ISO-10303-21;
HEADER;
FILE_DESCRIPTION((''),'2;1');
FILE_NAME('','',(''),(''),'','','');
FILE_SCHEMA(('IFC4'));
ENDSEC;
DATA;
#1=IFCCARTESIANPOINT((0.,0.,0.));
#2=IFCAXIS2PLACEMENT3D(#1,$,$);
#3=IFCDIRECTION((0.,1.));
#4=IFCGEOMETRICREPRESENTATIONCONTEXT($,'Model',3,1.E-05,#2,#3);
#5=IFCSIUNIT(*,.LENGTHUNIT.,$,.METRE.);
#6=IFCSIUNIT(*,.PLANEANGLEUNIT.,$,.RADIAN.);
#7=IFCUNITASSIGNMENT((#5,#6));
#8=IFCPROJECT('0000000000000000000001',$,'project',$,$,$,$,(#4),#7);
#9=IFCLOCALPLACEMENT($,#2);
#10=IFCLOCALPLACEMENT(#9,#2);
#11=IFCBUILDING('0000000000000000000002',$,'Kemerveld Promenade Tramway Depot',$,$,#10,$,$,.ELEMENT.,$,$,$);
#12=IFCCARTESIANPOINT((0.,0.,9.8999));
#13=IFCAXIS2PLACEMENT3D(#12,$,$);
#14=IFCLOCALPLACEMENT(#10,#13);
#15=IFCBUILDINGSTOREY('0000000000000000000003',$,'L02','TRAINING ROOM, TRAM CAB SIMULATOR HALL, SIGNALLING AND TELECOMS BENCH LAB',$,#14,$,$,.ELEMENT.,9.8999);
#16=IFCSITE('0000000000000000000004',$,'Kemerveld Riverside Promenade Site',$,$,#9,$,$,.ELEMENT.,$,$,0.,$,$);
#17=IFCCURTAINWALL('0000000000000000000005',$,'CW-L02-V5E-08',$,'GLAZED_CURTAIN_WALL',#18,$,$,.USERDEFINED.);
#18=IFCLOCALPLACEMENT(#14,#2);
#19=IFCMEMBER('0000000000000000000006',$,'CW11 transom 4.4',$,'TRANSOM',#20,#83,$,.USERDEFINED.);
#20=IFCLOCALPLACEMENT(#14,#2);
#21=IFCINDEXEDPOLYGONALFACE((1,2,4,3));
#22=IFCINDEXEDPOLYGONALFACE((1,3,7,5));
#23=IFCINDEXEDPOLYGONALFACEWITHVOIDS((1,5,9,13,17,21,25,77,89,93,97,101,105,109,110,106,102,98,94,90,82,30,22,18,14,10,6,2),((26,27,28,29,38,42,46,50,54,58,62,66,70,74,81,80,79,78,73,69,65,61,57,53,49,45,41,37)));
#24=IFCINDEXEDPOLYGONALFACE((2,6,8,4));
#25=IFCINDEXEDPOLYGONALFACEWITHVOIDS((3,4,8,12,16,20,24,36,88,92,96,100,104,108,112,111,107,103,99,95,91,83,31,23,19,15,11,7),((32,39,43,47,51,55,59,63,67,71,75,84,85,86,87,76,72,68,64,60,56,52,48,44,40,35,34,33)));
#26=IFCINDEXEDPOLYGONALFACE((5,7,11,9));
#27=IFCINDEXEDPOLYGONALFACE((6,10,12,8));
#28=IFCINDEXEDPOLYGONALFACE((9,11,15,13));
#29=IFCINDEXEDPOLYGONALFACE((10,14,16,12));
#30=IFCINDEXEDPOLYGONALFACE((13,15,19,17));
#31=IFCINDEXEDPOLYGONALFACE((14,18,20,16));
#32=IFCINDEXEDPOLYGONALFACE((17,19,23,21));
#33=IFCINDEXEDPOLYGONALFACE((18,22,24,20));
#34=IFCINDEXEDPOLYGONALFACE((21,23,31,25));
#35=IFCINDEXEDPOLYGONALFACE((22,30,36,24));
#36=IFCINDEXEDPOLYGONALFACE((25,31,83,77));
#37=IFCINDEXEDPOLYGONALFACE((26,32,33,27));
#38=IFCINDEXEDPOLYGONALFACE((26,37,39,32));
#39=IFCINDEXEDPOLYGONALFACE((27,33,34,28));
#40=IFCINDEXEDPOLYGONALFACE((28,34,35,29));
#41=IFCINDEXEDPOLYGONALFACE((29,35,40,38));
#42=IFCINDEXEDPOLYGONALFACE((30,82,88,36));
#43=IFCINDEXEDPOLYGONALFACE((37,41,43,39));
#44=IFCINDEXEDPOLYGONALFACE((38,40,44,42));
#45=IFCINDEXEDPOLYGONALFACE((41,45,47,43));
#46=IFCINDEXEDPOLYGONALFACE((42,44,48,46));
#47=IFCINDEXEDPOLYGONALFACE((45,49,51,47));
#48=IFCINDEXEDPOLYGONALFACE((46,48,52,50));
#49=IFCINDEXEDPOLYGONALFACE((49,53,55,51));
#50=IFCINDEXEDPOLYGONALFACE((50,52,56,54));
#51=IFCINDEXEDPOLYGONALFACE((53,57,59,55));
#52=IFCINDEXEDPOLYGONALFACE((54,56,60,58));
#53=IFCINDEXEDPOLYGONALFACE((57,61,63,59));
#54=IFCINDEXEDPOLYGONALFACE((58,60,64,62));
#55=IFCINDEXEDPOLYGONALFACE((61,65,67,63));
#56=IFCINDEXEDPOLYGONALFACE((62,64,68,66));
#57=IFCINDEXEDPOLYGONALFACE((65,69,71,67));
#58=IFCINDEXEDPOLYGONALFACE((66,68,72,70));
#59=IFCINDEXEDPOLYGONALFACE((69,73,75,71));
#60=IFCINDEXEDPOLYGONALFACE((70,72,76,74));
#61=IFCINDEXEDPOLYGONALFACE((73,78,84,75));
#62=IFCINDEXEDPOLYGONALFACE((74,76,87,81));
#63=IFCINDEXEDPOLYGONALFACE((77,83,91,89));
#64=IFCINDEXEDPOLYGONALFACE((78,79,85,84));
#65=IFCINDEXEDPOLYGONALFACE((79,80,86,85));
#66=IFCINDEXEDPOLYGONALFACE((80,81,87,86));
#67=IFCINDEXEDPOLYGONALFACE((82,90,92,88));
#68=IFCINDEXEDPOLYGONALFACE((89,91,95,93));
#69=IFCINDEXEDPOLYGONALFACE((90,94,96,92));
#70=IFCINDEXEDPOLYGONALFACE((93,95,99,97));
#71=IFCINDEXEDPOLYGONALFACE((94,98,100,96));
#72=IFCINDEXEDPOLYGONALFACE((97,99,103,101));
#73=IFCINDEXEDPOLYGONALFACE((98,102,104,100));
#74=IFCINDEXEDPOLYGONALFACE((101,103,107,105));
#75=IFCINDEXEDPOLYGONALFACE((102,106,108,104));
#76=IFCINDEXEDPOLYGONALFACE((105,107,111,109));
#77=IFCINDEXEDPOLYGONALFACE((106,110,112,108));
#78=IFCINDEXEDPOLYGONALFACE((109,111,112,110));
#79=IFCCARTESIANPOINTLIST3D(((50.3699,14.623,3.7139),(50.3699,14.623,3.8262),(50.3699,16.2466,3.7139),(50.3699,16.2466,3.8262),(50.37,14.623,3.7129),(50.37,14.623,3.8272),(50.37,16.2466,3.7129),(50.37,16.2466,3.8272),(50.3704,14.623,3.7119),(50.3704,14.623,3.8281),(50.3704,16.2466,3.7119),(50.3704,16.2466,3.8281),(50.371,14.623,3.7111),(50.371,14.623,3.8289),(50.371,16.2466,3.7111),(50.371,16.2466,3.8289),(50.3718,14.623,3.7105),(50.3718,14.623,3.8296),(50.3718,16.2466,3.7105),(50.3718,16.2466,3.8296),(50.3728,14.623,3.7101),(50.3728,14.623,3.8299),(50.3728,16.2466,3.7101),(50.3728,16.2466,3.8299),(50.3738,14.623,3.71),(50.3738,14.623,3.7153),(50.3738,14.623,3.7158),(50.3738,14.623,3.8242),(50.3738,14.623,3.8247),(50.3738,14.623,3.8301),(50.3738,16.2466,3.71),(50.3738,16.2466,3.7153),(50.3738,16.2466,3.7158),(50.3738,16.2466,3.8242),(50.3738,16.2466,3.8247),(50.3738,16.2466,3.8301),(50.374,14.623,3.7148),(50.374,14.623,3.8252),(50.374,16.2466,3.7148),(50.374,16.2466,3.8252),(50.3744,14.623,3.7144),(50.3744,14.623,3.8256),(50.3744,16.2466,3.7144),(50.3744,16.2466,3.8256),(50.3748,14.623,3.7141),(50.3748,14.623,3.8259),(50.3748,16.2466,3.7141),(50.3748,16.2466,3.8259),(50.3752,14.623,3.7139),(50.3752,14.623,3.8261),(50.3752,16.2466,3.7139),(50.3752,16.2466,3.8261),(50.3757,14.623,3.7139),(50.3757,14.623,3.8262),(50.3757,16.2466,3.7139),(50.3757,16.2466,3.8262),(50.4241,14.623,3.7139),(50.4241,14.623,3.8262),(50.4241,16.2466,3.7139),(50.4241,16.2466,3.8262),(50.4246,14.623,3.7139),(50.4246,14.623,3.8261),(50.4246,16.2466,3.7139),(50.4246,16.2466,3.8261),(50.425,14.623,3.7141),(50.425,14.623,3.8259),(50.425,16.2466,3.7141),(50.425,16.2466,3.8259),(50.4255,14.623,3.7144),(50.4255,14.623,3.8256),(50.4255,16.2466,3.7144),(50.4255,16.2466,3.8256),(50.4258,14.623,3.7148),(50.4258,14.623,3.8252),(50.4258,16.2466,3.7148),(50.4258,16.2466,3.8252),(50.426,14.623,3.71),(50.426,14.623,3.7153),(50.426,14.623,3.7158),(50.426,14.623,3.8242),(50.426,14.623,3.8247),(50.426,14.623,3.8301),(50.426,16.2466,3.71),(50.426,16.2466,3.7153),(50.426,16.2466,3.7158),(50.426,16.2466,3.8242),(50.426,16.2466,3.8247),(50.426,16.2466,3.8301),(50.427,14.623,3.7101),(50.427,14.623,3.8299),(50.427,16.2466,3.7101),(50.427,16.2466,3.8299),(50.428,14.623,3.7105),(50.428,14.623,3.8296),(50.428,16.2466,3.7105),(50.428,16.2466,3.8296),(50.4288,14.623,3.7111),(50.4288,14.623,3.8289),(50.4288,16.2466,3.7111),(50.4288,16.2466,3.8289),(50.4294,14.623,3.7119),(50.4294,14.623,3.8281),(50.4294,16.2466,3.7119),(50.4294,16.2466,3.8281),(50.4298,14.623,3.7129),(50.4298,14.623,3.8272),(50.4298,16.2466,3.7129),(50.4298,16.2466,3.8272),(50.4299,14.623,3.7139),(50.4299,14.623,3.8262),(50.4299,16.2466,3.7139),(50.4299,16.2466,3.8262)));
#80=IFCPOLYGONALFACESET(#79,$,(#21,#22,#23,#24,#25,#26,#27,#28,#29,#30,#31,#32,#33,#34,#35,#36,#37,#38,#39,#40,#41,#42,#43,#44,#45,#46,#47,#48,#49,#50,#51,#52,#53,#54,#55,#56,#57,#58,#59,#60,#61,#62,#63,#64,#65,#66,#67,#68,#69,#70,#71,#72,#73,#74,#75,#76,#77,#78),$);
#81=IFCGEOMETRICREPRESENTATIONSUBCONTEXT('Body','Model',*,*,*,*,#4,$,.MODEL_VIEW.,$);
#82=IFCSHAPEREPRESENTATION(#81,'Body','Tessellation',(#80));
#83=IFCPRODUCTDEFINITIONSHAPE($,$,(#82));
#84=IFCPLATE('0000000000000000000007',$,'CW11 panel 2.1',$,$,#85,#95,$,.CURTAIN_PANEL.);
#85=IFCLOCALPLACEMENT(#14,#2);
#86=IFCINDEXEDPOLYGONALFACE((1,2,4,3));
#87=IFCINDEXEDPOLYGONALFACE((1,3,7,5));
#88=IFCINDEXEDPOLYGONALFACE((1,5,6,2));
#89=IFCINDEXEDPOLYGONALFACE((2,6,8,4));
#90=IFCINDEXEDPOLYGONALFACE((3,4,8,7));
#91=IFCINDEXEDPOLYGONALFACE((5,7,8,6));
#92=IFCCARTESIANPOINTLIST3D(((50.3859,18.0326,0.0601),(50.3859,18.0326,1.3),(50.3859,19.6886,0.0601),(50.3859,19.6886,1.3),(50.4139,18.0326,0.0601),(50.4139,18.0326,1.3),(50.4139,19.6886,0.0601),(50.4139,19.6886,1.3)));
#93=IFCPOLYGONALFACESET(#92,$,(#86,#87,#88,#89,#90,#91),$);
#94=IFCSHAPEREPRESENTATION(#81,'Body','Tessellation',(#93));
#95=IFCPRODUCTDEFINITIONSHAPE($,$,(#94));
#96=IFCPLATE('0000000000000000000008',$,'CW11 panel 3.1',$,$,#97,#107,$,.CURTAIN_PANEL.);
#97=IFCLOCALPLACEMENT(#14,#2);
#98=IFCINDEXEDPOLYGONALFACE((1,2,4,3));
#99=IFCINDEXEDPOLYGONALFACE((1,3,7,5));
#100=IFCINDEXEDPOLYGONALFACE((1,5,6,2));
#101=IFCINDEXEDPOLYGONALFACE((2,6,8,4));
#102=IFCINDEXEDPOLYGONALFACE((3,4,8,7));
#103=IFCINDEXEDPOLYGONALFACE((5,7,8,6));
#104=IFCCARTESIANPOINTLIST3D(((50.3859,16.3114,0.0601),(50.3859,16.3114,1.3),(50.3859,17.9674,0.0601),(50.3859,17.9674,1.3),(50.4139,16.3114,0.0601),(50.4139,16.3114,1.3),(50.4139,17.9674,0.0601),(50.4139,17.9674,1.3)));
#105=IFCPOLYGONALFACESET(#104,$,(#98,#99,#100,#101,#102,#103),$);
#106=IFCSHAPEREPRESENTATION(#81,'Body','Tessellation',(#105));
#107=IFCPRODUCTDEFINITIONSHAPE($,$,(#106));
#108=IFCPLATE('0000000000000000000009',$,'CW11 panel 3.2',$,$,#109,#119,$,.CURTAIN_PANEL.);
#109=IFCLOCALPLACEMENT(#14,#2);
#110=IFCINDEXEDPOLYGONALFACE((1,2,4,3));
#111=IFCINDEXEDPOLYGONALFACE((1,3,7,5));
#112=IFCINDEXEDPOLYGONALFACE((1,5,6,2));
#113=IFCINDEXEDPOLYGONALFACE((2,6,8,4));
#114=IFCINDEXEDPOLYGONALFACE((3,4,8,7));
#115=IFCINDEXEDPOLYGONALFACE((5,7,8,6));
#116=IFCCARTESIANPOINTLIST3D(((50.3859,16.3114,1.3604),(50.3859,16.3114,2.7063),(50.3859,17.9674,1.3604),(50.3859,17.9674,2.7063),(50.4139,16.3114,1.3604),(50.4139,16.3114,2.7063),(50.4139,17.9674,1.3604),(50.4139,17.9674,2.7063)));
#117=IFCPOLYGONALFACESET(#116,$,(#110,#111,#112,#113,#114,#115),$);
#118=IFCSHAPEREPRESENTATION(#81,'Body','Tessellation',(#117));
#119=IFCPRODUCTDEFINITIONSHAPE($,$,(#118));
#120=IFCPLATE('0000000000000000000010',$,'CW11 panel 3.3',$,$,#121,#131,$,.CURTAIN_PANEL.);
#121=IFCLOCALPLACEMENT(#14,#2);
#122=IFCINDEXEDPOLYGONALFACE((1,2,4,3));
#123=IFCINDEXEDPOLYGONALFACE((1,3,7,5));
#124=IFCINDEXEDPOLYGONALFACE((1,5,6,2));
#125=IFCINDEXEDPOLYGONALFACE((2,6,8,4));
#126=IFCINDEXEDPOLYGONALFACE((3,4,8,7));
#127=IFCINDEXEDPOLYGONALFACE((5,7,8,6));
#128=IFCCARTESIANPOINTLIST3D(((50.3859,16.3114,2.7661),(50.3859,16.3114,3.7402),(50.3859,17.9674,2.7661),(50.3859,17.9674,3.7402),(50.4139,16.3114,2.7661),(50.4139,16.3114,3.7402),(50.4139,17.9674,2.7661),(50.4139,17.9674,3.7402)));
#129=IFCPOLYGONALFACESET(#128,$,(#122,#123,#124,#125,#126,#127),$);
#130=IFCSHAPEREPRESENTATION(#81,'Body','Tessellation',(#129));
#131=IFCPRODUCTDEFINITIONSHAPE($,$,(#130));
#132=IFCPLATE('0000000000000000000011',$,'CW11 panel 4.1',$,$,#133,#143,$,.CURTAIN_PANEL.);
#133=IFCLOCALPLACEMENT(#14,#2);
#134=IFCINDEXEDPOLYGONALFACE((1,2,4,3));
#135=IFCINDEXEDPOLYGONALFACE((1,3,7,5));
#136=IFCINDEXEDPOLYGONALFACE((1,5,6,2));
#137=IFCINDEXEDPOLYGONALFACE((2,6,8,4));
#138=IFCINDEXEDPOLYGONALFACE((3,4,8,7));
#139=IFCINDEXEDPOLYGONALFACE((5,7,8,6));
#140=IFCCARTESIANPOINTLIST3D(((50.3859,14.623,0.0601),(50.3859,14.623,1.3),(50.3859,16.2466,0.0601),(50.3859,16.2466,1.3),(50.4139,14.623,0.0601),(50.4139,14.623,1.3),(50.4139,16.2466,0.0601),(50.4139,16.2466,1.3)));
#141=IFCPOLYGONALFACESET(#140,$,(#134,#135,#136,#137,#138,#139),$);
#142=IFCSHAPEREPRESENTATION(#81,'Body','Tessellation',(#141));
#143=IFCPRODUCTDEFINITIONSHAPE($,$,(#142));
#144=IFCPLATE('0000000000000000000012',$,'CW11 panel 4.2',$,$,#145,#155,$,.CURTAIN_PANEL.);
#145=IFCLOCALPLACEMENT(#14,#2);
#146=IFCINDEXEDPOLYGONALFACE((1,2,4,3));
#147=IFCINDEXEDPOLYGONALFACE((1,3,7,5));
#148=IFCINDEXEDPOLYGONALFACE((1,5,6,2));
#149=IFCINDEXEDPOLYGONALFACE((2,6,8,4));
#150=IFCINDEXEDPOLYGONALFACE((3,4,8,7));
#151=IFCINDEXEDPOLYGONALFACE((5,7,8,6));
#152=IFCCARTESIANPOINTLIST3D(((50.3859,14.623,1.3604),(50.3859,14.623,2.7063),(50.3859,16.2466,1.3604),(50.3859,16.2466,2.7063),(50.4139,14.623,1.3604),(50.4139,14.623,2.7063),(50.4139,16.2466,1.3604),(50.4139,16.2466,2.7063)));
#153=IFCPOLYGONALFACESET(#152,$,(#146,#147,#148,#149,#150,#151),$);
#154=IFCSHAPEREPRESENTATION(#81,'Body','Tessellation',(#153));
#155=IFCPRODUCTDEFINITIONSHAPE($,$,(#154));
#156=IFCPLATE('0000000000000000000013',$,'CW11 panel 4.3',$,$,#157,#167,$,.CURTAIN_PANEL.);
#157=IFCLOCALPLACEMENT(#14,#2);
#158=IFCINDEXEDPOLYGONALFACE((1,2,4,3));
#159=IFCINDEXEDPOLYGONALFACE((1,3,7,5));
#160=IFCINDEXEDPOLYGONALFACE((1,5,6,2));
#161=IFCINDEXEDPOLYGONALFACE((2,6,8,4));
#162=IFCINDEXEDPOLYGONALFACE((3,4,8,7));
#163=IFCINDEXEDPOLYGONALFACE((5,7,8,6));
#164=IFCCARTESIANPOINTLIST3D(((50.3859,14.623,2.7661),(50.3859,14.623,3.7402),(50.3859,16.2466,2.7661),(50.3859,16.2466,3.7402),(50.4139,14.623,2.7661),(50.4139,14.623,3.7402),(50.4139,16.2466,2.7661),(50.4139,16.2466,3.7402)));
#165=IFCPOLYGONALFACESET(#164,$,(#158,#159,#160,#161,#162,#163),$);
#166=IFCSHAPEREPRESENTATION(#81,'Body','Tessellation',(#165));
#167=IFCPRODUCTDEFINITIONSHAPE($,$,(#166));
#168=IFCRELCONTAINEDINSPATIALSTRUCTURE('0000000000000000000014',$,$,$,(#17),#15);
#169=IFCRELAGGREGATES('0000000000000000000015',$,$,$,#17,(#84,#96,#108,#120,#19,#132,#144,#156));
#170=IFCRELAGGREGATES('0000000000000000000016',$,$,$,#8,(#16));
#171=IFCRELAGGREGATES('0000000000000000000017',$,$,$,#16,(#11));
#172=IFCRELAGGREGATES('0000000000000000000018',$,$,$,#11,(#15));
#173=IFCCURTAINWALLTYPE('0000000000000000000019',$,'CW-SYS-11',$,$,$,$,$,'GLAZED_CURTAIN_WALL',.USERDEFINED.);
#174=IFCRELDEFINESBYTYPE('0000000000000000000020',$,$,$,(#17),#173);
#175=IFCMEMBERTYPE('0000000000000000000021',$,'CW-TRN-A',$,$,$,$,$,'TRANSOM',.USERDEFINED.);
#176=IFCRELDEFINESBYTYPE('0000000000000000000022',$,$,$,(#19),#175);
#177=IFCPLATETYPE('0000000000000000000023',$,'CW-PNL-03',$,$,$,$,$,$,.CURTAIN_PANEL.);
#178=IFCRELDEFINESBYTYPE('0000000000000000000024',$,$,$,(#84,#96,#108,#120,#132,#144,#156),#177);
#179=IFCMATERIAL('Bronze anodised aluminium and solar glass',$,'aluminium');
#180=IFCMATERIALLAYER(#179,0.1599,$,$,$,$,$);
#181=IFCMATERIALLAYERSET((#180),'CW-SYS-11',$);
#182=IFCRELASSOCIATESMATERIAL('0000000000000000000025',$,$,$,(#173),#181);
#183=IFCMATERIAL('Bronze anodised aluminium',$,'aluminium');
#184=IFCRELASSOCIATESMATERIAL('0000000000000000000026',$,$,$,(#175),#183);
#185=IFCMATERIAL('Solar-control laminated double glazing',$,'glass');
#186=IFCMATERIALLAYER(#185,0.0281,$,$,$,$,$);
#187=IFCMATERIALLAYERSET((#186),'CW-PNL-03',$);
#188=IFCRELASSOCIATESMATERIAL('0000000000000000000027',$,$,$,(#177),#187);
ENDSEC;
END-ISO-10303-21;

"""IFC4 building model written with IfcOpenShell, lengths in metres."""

from ifc_helpers import new_model, si_unit, direction, frame, origin, origin_2d, place, context, subcontext, project, spatial, rectangle, hollow_rectangle, extrude, material, layer, layer_set, material_profile, profile_set, type_object, element, aggregate, save


model = new_model("IFC4")

# Units and contexts
model_context = context("Model", 3, precision=1e-05, world=origin(), true_north=direction((0.0, 1.0)))
body_context = subcontext(model_context, "Body", "Model", "MODEL_VIEW")
ifc_project = project(units=[si_unit("LENGTHUNIT", "METRE"), si_unit("PLANEANGLEUNIT", "RADIAN")], contexts=[model_context])

# Site, building, storey
site_placement = place(None, origin())
site = spatial("IfcSite", under=ifc_project, at=site_placement, Name="Kemerveld Riverside Promenade Site", CompositionType="ELEMENT", RefElevation=0.0)
building_placement = place(site_placement, origin())
building = spatial("IfcBuilding", under=site, at=building_placement, Name="Kemerveld Promenade Tramway Depot", CompositionType="ELEMENT")
storey_placement = place(building_placement, frame((0.0, 0.0, 9.8999)))
storey = spatial("IfcBuildingStorey", under=building, at=storey_placement, Name="L02", Description="TRAINING ROOM, TRAM CAB SIMULATOR HALL, SIGNALLING AND TELECOMS BENCH LAB", CompositionType="ELEMENT", Elevation=9.8999)

# Curtain wall, member, plates
ifc_material_1 = material(Name="Bronze anodised aluminium and solar glass", Category="aluminium")
ifc_layer_1 = layer(ifc_material_1, 0.1599)
ifc_layer_set_1 = layer_set([ifc_layer_1], Name="CW-SYS-11")
curtain_wall_type = type_object("IfcCurtainWallType", Name="CW-SYS-11", ElementType="GLAZED_CURTAIN_WALL", PredefinedType="USERDEFINED", material=ifc_layer_set_1)
curtain_wall_placement = place(storey_placement, origin())
curtain_wall = element("IfcCurtainWall", 1, at=curtain_wall_placement, inside=storey, type_object=curtain_wall_type, Name="CW-L02-V5E-08", ObjectType="GLAZED_CURTAIN_WALL", PredefinedType="USERDEFINED")
ifc_material_2 = material(Name="Bronze anodised aluminium", Category="aluminium")
ifc_material_profile_1 = material_profile(ifc_material_2, hollow_rectangle(XDim=0.0601, YDim=0.1201, WallThickness=0.0039, InnerFilletRadius=0.002, OuterFilletRadius=0.0039, at=origin_2d()), Name="CW-TRN-120x60")
ifc_profile_set_1 = profile_set([ifc_material_profile_1], Name="Bronze anodised aluminium")
member_type_1 = type_object("IfcMemberType", Name="CW-TRN-A", ElementType="TRANSOM", PredefinedType="USERDEFINED", material=ifc_profile_set_1)
member_1_placement = place(storey_placement, frame((50.3999, 16.2466, 3.77), z_axis=(0.0, -1.0, 0.0), x_axis=(1.0, 0.0, 0.0)))
member_1 = element("IfcMember", 2, at=member_1_placement, type_object=member_type_1, Name="CW11 transom 4.4", ObjectType="TRANSOM", PredefinedType="USERDEFINED", context=body_context, shape_type="SweptSolid", body=[
    extrude(hollow_rectangle(XDim=0.0601, YDim=0.1201, WallThickness=0.0039, InnerFilletRadius=0.002, OuterFilletRadius=0.0039, at=origin_2d()), origin(), (0.0, 0.0, 1.0), 1.6235),
])
ifc_material_3 = material(Name="Solar-control laminated double glazing", Category="glass")
ifc_layer_2 = layer(ifc_material_3, 0.0281)
ifc_layer_set_2 = layer_set([ifc_layer_2], Name="CW-PNL-03")
plate_type = type_object("IfcPlateType", Name="CW-PNL-03", PredefinedType="CURTAIN_PANEL", material=ifc_layer_set_2)
plate_1_placement = place(storey_placement, frame((50.3999, 18.8606, 0.0601), z_axis=(0.0, 0.0, 1.0), x_axis=(0.0, -1.0, 0.0)))
plate_1 = element("IfcPlate", 3, at=plate_1_placement, type_object=plate_type, Name="CW11 panel 2.1", PredefinedType="CURTAIN_PANEL", context=body_context, shape_type="SweptSolid", body=[
    extrude(rectangle(XDim=1.656, YDim=0.0281, at=origin_2d()), origin(), (0.0, 0.0, 1.0), 1.24),
])
plate_2_placement = place(storey_placement, frame((50.3999, 17.1394, 0.0601), z_axis=(0.0, 0.0, 1.0), x_axis=(0.0, -1.0, 0.0)))
plate_2 = element("IfcPlate", 4, at=plate_2_placement, type_object=plate_type, Name="CW11 panel 3.1", PredefinedType="CURTAIN_PANEL", context=body_context, shape_type="SweptSolid", body=[
    extrude(rectangle(XDim=1.656, YDim=0.0281, at=origin_2d()), origin(), (0.0, 0.0, 1.0), 1.24),
])
plate_3_placement = place(storey_placement, frame((50.3999, 17.1394, 1.3604), z_axis=(0.0, 0.0, 1.0), x_axis=(0.0, -1.0, 0.0)))
plate_3 = element("IfcPlate", 5, at=plate_3_placement, type_object=plate_type, Name="CW11 panel 3.2", PredefinedType="CURTAIN_PANEL", context=body_context, shape_type="SweptSolid", body=[
    extrude(rectangle(XDim=1.656, YDim=0.0281, at=origin_2d()), origin(), (0.0, 0.0, 1.0), 1.3459),
])
plate_4_placement = place(storey_placement, frame((50.3999, 17.1394, 2.7661), z_axis=(0.0, 0.0, 1.0), x_axis=(0.0, -1.0, 0.0)))
plate_4 = element("IfcPlate", 6, at=plate_4_placement, type_object=plate_type, Name="CW11 panel 3.3", PredefinedType="CURTAIN_PANEL", context=body_context, shape_type="SweptSolid", body=[
    extrude(rectangle(XDim=1.656, YDim=0.0281, at=origin_2d()), origin(), (0.0, 0.0, 1.0), 0.9741),
])
plate_5_placement = place(storey_placement, frame((50.3999, 15.4348, 0.0601), z_axis=(0.0, 0.0, 1.0), x_axis=(0.0, -1.0, 0.0)))
plate_5 = element("IfcPlate", 7, at=plate_5_placement, type_object=plate_type, Name="CW11 panel 4.1", PredefinedType="CURTAIN_PANEL", context=body_context, shape_type="SweptSolid", body=[
    extrude(rectangle(XDim=1.6235, YDim=0.0281, at=origin_2d()), origin(), (0.0, 0.0, 1.0), 1.24),
])
plate_6_placement = place(storey_placement, frame((50.3999, 15.4348, 1.3604), z_axis=(0.0, 0.0, 1.0), x_axis=(0.0, -1.0, 0.0)))
plate_6 = element("IfcPlate", 8, at=plate_6_placement, type_object=plate_type, Name="CW11 panel 4.2", PredefinedType="CURTAIN_PANEL", context=body_context, shape_type="SweptSolid", body=[
    extrude(rectangle(XDim=1.6235, YDim=0.0281, at=origin_2d()), origin(), (0.0, 0.0, 1.0), 1.3459),
])
plate_7_placement = place(storey_placement, frame((50.3999, 15.4348, 2.7661), z_axis=(0.0, 0.0, 1.0), x_axis=(0.0, -1.0, 0.0)))
plate_7 = element("IfcPlate", 9, at=plate_7_placement, type_object=plate_type, Name="CW11 panel 4.3", PredefinedType="CURTAIN_PANEL", context=body_context, shape_type="SweptSolid", body=[
    extrude(rectangle(XDim=1.6235, YDim=0.0281, at=origin_2d()), origin(), (0.0, 0.0, 1.0), 0.9741),
])
aggregate(curtain_wall, [plate_1, plate_2, plate_3, plate_4, member_1, plate_5, plate_6, plate_7])

save(model, "model.ifc")
